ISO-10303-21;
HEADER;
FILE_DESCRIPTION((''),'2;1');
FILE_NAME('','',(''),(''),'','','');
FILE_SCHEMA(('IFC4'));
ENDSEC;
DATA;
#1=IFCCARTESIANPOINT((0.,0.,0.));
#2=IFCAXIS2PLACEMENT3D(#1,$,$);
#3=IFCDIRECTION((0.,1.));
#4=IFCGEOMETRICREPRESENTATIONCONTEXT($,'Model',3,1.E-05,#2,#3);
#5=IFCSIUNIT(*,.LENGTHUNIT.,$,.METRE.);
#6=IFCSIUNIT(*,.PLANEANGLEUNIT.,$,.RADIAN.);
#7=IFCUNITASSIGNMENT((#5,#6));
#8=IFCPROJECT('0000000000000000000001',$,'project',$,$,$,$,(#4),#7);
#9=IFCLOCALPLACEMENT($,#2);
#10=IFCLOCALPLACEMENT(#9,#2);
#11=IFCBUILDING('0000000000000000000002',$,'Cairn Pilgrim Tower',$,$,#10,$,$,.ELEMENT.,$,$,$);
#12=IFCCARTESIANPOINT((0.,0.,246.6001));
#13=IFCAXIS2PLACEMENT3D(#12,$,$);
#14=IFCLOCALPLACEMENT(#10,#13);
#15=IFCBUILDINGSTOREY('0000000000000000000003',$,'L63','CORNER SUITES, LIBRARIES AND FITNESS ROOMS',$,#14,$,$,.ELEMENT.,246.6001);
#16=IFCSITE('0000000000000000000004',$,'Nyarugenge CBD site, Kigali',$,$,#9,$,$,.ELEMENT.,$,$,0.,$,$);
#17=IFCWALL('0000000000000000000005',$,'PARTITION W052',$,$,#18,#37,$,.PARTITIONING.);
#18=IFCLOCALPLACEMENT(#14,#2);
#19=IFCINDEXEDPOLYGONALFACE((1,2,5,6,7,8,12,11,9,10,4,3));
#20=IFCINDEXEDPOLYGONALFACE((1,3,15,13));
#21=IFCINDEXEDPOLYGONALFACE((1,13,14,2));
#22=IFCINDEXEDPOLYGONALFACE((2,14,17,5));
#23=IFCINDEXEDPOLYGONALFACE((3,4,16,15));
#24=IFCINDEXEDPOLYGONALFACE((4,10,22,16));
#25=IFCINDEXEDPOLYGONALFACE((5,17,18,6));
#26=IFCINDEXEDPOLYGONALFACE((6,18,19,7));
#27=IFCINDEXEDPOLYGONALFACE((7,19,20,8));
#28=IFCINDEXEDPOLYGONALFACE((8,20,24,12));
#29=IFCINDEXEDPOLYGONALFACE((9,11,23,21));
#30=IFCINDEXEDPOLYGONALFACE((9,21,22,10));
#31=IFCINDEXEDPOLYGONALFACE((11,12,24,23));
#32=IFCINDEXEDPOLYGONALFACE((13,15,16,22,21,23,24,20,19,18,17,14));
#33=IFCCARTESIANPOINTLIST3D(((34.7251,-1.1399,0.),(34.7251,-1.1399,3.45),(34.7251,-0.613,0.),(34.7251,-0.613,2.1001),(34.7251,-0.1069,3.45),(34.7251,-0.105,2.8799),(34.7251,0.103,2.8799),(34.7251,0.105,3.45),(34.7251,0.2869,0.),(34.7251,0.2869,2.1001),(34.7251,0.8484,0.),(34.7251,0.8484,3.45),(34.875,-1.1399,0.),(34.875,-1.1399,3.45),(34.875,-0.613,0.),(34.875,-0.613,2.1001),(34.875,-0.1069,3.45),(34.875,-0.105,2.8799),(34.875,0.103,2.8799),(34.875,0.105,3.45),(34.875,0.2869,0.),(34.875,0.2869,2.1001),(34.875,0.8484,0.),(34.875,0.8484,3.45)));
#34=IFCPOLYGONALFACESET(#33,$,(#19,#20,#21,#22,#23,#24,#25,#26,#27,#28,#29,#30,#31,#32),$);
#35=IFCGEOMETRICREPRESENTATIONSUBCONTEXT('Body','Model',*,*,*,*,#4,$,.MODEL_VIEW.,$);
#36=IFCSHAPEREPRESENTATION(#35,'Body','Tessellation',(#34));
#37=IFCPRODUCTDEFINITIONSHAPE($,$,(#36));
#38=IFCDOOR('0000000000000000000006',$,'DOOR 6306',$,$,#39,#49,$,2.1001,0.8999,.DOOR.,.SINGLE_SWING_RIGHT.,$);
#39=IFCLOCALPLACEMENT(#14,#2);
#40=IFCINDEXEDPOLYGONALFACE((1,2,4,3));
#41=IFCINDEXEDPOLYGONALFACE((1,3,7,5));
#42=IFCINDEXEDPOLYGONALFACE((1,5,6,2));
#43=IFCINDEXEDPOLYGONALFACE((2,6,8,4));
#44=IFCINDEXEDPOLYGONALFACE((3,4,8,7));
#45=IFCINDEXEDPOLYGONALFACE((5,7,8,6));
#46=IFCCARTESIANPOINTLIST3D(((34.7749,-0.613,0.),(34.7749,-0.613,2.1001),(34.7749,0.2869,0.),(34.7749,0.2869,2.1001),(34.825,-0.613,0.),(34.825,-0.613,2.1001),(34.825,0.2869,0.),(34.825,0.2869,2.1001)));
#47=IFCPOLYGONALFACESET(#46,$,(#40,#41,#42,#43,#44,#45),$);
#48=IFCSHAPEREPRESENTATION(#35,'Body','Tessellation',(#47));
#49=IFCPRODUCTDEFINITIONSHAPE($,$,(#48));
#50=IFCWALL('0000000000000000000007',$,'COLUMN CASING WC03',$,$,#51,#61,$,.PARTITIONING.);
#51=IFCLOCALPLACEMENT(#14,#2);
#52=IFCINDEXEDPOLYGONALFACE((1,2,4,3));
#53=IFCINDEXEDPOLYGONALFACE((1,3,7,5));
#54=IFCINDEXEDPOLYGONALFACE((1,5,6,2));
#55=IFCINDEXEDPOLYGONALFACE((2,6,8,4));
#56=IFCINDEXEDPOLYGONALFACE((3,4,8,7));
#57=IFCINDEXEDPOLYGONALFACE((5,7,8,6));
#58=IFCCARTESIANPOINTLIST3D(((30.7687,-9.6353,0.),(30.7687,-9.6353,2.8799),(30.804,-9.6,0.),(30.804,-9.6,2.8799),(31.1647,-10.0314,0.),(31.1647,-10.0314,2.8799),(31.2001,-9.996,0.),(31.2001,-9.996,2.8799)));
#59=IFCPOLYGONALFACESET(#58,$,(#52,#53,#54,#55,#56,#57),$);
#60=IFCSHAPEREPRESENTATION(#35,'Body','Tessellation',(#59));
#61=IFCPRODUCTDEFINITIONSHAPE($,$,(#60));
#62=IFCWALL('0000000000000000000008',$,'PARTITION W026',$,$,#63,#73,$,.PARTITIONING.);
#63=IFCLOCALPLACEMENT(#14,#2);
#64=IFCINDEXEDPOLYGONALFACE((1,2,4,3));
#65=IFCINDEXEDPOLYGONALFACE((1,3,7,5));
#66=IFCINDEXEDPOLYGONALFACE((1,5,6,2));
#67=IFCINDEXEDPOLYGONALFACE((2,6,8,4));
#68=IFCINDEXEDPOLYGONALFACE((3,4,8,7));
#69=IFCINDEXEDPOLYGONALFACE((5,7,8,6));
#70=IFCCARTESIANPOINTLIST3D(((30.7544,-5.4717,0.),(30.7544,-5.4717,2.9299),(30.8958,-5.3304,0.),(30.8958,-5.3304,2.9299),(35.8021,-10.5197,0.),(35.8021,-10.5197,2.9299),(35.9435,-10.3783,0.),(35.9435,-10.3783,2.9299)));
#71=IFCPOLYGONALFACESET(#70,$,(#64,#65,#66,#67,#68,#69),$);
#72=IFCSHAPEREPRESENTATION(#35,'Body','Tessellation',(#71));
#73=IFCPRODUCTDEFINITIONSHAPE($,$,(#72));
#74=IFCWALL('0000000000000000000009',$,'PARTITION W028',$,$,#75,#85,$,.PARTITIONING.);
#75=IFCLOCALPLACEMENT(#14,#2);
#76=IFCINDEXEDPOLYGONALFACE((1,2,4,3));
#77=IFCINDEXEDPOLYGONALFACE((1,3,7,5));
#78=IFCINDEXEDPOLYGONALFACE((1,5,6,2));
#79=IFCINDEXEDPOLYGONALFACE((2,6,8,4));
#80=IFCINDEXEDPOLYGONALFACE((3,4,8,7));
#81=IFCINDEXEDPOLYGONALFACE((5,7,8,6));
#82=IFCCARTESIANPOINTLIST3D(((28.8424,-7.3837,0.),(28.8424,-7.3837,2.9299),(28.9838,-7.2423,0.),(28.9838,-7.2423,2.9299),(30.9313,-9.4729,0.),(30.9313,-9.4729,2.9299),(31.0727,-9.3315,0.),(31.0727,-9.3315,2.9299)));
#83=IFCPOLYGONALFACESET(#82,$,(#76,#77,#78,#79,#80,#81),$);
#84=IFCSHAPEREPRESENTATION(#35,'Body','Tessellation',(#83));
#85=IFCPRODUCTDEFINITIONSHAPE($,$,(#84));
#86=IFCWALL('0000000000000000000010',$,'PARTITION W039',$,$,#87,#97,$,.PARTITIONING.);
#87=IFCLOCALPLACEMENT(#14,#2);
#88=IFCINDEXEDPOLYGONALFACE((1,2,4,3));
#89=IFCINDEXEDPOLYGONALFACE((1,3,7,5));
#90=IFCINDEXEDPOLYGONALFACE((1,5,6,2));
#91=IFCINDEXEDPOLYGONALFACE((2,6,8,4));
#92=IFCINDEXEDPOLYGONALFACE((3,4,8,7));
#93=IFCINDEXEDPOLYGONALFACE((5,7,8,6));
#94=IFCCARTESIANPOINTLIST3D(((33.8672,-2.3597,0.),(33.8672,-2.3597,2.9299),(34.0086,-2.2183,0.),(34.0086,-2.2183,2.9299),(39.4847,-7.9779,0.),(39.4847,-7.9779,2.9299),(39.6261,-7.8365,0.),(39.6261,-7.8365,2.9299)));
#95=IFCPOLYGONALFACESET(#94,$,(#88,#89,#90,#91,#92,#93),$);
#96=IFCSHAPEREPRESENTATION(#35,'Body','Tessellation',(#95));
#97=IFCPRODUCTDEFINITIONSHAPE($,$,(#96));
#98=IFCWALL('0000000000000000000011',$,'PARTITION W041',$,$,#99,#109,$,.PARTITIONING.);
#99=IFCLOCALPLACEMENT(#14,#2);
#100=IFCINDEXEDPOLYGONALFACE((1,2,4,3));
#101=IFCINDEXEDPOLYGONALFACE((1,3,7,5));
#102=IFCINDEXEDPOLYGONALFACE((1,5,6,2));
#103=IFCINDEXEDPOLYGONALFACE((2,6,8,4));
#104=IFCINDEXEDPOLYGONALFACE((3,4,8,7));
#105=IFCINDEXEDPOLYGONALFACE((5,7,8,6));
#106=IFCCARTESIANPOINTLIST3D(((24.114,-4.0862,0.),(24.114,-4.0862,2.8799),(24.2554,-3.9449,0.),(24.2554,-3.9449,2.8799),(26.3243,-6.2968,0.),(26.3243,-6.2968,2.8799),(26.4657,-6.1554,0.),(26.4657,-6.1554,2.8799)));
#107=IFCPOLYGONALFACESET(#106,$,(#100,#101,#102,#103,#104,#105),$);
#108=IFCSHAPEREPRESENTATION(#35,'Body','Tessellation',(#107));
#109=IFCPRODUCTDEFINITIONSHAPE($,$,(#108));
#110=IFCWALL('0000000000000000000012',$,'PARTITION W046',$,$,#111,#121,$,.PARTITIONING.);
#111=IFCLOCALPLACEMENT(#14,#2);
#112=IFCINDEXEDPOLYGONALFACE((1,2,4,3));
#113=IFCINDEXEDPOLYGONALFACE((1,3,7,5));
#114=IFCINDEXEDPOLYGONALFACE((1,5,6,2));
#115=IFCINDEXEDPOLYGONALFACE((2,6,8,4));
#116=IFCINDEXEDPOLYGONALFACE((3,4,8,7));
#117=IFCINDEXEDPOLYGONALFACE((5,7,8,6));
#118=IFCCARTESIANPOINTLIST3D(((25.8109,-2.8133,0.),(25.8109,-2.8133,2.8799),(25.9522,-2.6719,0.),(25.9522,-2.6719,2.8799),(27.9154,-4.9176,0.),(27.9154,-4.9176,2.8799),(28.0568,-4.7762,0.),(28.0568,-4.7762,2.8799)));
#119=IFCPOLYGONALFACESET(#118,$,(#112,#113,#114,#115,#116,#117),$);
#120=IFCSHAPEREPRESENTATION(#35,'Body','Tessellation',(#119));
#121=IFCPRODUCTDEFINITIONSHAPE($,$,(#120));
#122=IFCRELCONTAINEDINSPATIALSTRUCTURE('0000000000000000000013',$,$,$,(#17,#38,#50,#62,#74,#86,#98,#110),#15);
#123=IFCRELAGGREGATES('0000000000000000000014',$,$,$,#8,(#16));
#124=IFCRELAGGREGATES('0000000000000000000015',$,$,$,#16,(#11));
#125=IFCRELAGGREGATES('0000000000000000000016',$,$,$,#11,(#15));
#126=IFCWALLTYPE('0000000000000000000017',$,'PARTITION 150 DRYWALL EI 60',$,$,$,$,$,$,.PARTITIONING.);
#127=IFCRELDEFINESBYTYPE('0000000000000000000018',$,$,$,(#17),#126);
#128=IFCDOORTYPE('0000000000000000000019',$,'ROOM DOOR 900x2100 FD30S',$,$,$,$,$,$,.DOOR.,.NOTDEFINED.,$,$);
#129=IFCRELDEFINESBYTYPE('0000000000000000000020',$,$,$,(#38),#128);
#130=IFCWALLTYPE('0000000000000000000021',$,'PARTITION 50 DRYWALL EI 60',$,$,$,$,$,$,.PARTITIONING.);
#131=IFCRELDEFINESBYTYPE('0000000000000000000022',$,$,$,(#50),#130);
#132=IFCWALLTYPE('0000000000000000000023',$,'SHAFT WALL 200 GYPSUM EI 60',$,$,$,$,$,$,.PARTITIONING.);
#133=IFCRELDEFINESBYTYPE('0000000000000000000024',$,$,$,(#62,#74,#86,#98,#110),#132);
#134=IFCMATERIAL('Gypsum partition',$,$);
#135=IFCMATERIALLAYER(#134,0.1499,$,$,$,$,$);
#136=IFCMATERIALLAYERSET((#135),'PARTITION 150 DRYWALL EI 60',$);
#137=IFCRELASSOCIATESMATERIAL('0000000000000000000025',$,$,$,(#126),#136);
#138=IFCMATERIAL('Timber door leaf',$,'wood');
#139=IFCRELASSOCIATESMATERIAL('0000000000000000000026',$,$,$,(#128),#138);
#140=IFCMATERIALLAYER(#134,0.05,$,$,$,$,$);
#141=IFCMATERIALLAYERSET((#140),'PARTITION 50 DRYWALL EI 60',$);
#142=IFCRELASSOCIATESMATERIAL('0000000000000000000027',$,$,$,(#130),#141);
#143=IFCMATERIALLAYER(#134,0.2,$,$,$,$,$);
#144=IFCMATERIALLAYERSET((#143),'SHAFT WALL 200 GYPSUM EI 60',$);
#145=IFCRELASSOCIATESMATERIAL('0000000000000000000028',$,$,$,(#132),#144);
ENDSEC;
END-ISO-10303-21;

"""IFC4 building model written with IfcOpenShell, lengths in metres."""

from ifc_helpers import new_model, si_unit, direction, frame, frame_2d, origin, place, context, subcontext, project, spatial, polyline, rectangle, outline, extrude, material, layer, layer_set, type_object, element, fill, save


model = new_model("IFC4")

# Units and contexts
model_context = context("Model", 3, precision=1e-05, world=origin(), true_north=direction((0.0, 1.0)))
body_context = subcontext(model_context, "Body", "Model", "MODEL_VIEW")
ifc_project = project(units=[si_unit("LENGTHUNIT", "METRE"), si_unit("PLANEANGLEUNIT", "RADIAN")], contexts=[model_context])

# Site, building, storey
site_placement = place(None, origin())
site = spatial("IfcSite", under=ifc_project, at=site_placement, Name="Nyarugenge CBD site, Kigali", CompositionType="ELEMENT", RefElevation=0.0)
building_placement = place(site_placement, origin())
building = spatial("IfcBuilding", under=site, at=building_placement, Name="Cairn Pilgrim Tower", CompositionType="ELEMENT")
storey_placement = place(building_placement, frame((0.0, 0.0, 246.6001)))
storey = spatial("IfcBuildingStorey", under=building, at=storey_placement, Name="L63", Description="CORNER SUITES, LIBRARIES AND FITNESS ROOMS", CompositionType="ELEMENT", Elevation=246.6001)

# Shared definitions
ifc_material_1 = material(Name="Gypsum partition")
ifc_layer_1 = layer(ifc_material_1, 0.1499)
ifc_layer_set_1 = layer_set([ifc_layer_1], Name="PARTITION 150 DRYWALL EI 60")
wall_type_1 = type_object("IfcWallType", Name="PARTITION 150 DRYWALL EI 60", PredefinedType="PARTITIONING", material=ifc_layer_set_1)
ifc_material_2 = material(Name="Timber door leaf", Category="wood")

# Wall, opening, door
wall_1_placement = place(storey_placement, frame((34.8, -1.1399, 0.0), z_axis=(0.0, 0.0, 1.0), x_axis=(0.0, 1.0, 0.0)))
wall_1 = element("IfcWall", 1, at=wall_1_placement, inside=storey, type_object=wall_type_1, Name="PARTITION W052", PredefinedType="PARTITIONING", context=body_context, shape_type="SweptSolid", body=[
    extrude(outline(polyline([(0.0, 0.0), (1.9883, 0.0), (1.9883, 3.45), (1.2449, 3.45), (1.2429, 2.8799), (1.0349, 2.8799), (1.033, 3.45), (0.0, 3.45), (0.0, 0.0)])), frame((0.0, 0.075, 0.0), z_axis=(0.0, -1.0, 0.0), x_axis=(1.0, 0.0, 0.0)), (0.0, 0.0, 1.0), 0.1499),
])
opening_1_placement = place(wall_1_placement, frame((0.5269, 0.0, 0.0)))
opening_1 = element("IfcOpeningElement", 2, at=opening_1_placement, cuts=wall_1, PredefinedType="OPENING", context=body_context, shape_type="SweptSolid", body=[
    extrude(rectangle(XDim=0.8999, YDim=2.1001, at=frame_2d((0.45, 1.05))), frame((0.0, 0.085, 0.0), z_axis=(0.0, -1.0, 0.0), x_axis=(1.0, 0.0, 0.0)), (0.0, 0.0, 1.0), 0.1699),
])
door_type_1 = type_object("IfcDoorType", Name="ROOM DOOR 900x2100 FD30S", OperationType="NOTDEFINED", PredefinedType="DOOR", material=ifc_material_2)
door_1_placement = place(opening_1_placement, frame((0.8999, 0.0, 0.0), z_axis=(0.0, 0.0, 1.0), x_axis=(-1.0, 0.0, 0.0)))
door_1 = element("IfcDoor", 3, at=door_1_placement, inside=storey, type_object=door_type_1, Name="DOOR 6306", OperationType="SINGLE_SWING_RIGHT", OverallHeight=2.1001, OverallWidth=0.8999, PredefinedType="DOOR", context=body_context, shape_type="SweptSolid", body=[
    extrude(rectangle(XDim=0.8999, YDim=2.1001, at=frame_2d((0.45, 1.05))), frame((0.0, 0.0249, 0.0), z_axis=(0.0, -1.0, 0.0), x_axis=(1.0, 0.0, 0.0)), (0.0, 0.0, 1.0), 0.05),
])
fill(opening_1, door_1)

# Walls
ifc_layer_2 = layer(ifc_material_1, 0.05)
ifc_layer_set_2 = layer_set([ifc_layer_2], Name="PARTITION 50 DRYWALL EI 60")
wall_type_2 = type_object("IfcWallType", Name="PARTITION 50 DRYWALL EI 60", PredefinedType="PARTITIONING", material=ifc_layer_set_2)
wall_2_placement = place(storey_placement, frame((31.1824, -10.0137, 0.0), z_axis=(0.0, 0.0, 1.0), x_axis=(-0.707107, 0.707107, 0.0)))
element("IfcWall", 4, at=wall_2_placement, inside=storey, type_object=wall_type_2, Name="COLUMN CASING WC03", PredefinedType="PARTITIONING", context=body_context, shape_type="SweptSolid", body=[
    extrude(rectangle(XDim=0.5601, YDim=0.05, at=frame_2d((0.28, 0.0))), origin(), (0.0, 0.0, 1.0), 2.8799),
])
ifc_layer_3 = layer(ifc_material_1, 0.2)
ifc_layer_set_3 = layer_set([ifc_layer_3], Name="SHAFT WALL 200 GYPSUM EI 60")
wall_type_3 = type_object("IfcWallType", Name="SHAFT WALL 200 GYPSUM EI 60", PredefinedType="PARTITIONING", material=ifc_layer_set_3)
wall_3_placement = place(storey_placement, frame((35.8728, -10.449, 0.0), z_axis=(0.0, 0.0, 1.0), x_axis=(-0.70709, 0.707124, 0.0)))
element("IfcWall", 5, at=wall_3_placement, inside=storey, type_object=wall_type_3, Name="PARTITION W026", PredefinedType="PARTITIONING", context=body_context, shape_type="SweptSolid", body=[
    extrude(rectangle(XDim=7.1387, YDim=0.2, at=frame_2d((3.5693, 0.0))), origin(), (0.0, 0.0, 1.0), 2.9299),
])
wall_4_placement = place(storey_placement, frame((31.002, -9.4021, 0.0), z_axis=(0.0, 0.0, 1.0), x_axis=(-0.707065, 0.707148, 0.0)))
element("IfcWall", 6, at=wall_4_placement, inside=storey, type_object=wall_type_3, Name="PARTITION W028", PredefinedType="PARTITIONING", context=body_context, shape_type="SweptSolid", body=[
    extrude(rectangle(XDim=2.9543, YDim=0.2, at=frame_2d((1.4771, 0.0))), origin(), (0.0, 0.0, 1.0), 2.9299),
])
wall_5_placement = place(storey_placement, frame((39.5554, -7.9072, 0.0), z_axis=(0.0, 0.0, 1.0), x_axis=(-0.707061, 0.707153, 0.0)))
element("IfcWall", 7, at=wall_5_placement, inside=storey, type_object=wall_type_3, Name="PARTITION W039", PredefinedType="PARTITIONING", context=body_context, shape_type="SweptSolid", body=[
    extrude(rectangle(XDim=7.9448, YDim=0.2, at=frame_2d((3.9724, 0.0))), origin(), (0.0, 0.0, 1.0), 2.9299),
])
wall_6_placement = place(storey_placement, frame((26.395, -6.2261, 0.0), z_axis=(0.0, 0.0, 1.0), x_axis=(-0.707068, 0.707146, 0.0)))
element("IfcWall", 8, at=wall_6_placement, inside=storey, type_object=wall_type_3, Name="PARTITION W041", PredefinedType="PARTITIONING", context=body_context, shape_type="SweptSolid", body=[
    extrude(rectangle(XDim=3.126, YDim=0.2, at=frame_2d((1.563, 0.0))), origin(), (0.0, 0.0, 1.0), 2.8799),
])
wall_7_placement = place(storey_placement, frame((27.9861, -4.8469, 0.0), z_axis=(0.0, 0.0, 1.0), x_axis=(-0.707148, 0.707066, 0.0)))
element("IfcWall", 9, at=wall_7_placement, inside=storey, type_object=wall_type_3, Name="PARTITION W046", PredefinedType="PARTITIONING", context=body_context, shape_type="SweptSolid", body=[
    extrude(rectangle(XDim=2.9761, YDim=0.2, at=frame_2d((1.488, 0.0))), origin(), (0.0, 0.0, 1.0), 2.8799),
])

save(model, "model.ifc")
